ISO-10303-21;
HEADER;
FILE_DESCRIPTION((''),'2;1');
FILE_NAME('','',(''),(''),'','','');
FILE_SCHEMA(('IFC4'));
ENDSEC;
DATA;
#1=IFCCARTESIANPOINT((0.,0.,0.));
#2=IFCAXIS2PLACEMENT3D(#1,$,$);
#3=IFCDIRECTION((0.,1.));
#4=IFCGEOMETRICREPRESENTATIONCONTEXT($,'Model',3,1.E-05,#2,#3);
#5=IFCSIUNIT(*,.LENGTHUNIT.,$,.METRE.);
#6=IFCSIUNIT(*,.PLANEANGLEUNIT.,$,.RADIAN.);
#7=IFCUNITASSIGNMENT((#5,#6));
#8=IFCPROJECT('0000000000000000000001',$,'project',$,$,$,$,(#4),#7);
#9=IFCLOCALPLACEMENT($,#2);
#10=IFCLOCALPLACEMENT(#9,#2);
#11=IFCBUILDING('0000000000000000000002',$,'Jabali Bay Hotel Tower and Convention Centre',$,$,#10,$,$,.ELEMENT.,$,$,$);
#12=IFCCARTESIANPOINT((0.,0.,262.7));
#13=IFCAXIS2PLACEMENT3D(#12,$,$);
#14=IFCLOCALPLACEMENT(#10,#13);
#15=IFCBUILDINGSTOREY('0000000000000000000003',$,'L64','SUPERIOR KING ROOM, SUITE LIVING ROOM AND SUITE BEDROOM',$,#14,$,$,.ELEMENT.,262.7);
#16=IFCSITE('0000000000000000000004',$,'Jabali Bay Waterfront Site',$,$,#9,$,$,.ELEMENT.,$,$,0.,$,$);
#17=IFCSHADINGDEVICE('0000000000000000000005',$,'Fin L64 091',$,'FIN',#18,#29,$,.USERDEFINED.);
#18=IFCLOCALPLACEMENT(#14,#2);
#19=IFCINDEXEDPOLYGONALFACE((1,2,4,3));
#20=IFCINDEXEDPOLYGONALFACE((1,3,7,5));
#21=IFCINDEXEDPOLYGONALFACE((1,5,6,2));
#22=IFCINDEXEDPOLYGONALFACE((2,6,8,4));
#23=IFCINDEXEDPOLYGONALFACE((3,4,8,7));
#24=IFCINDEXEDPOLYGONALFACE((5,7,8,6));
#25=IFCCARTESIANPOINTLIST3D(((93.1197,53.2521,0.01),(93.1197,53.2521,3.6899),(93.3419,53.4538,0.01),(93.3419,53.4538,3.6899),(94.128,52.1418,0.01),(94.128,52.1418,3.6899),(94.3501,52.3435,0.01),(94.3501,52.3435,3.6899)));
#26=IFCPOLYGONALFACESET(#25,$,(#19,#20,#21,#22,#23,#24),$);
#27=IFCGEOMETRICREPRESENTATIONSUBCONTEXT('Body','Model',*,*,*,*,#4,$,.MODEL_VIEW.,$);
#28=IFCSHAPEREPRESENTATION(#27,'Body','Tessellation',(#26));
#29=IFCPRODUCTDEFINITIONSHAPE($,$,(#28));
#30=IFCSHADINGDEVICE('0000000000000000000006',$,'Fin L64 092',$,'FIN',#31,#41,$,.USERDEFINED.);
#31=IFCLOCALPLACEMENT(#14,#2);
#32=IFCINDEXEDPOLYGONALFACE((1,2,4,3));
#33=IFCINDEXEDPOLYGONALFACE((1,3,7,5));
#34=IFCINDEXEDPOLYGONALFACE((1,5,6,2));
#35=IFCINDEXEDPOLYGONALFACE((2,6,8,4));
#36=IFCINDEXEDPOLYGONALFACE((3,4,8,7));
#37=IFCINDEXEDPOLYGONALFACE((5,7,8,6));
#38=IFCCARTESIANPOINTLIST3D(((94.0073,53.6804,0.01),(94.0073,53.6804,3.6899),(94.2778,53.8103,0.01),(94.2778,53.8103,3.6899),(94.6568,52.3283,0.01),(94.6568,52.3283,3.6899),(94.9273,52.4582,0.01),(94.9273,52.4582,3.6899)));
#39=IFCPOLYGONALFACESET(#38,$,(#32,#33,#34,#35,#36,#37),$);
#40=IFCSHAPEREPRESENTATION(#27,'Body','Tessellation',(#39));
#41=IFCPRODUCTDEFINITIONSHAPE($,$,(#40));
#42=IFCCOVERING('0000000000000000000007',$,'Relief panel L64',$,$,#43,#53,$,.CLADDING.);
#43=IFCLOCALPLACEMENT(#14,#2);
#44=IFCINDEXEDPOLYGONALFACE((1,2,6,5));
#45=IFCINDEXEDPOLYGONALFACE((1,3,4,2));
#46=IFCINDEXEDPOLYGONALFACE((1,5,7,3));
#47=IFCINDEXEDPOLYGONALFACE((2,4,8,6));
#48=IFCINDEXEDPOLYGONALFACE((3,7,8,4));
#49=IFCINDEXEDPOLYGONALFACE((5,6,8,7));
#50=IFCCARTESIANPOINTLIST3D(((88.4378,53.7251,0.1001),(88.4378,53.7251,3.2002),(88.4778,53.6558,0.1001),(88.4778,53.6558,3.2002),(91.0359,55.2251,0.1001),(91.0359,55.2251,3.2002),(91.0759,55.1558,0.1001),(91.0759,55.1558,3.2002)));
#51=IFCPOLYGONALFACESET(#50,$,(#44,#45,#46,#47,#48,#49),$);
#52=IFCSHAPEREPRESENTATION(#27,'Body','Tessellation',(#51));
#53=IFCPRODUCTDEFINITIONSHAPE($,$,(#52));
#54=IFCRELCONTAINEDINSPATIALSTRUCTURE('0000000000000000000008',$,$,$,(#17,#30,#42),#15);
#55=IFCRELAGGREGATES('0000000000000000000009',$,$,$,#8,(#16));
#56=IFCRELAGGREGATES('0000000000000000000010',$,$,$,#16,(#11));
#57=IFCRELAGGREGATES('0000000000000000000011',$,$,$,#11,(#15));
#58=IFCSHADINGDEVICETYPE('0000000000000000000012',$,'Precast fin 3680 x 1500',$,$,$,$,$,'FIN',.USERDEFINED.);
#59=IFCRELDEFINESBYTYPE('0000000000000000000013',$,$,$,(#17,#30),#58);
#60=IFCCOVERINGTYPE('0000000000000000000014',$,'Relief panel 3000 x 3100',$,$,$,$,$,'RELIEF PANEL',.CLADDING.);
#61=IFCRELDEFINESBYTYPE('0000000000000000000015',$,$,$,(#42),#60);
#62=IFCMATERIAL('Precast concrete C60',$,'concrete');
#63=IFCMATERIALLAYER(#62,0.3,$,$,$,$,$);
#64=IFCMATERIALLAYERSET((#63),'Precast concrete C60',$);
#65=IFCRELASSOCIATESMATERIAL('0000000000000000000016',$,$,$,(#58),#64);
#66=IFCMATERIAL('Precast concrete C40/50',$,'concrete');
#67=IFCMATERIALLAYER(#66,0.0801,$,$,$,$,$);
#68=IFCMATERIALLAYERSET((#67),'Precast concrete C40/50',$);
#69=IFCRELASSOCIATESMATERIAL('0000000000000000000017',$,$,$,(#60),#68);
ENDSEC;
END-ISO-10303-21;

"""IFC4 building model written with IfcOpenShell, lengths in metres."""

from ifc_helpers import new_model, si_unit, direction, frame, frame_2d, origin, origin_2d, place, context, subcontext, project, spatial, rectangle, extrude, material, layer, layer_set, type_object, element, save


model = new_model("IFC4")

# Units and contexts
model_context = context("Model", 3, precision=1e-05, world=origin(), true_north=direction((0.0, 1.0)))
body_context = subcontext(model_context, "Body", "Model", "MODEL_VIEW")
ifc_project = project(units=[si_unit("LENGTHUNIT", "METRE"), si_unit("PLANEANGLEUNIT", "RADIAN")], contexts=[model_context])

# Site, building, storey
site_placement = place(None, origin())
site = spatial("IfcSite", under=ifc_project, at=site_placement, Name="Jabali Bay Waterfront Site", CompositionType="ELEMENT", RefElevation=0.0)
building_placement = place(site_placement, origin())
building = spatial("IfcBuilding", under=site, at=building_placement, Name="Jabali Bay Hotel Tower and Convention Centre", CompositionType="ELEMENT")
storey_placement = place(building_placement, frame((0.0, 0.0, 262.7)))
storey = spatial("IfcBuildingStorey", under=building, at=storey_placement, Name="L64", Description="SUPERIOR KING ROOM, SUITE LIVING ROOM AND SUITE BEDROOM", CompositionType="ELEMENT", Elevation=262.7)

# Shading devices
ifc_material_1 = material(Name="Precast concrete C60", Category="concrete")
ifc_layer_1 = layer(ifc_material_1, 0.3)
ifc_layer_set_1 = layer_set([ifc_layer_1], Name="Precast concrete C60")
shading_device_type_1 = type_object("IfcShadingDeviceType", Name="Precast fin 3680 x 1500", ElementType="FIN", PredefinedType="USERDEFINED", material=ifc_layer_set_1)
shading_device_1_placement = place(storey_placement, frame((93.2307, 53.353, 0.01), z_axis=(0.0, 0.0, 1.0), x_axis=(0.672268, -0.740308, 0.0)))
element("IfcShadingDevice", 1, at=shading_device_1_placement, inside=storey, type_object=shading_device_type_1, Name="Fin L64 091", ObjectType="FIN", PredefinedType="USERDEFINED", context=body_context, shape_type="SweptSolid", body=[
    extrude(rectangle(XDim=1.4998, YDim=0.3, at=frame_2d((0.75, 0.0))), origin(), (0.0, 0.0, 1.0), 3.6799),
])
shading_device_2_placement = place(storey_placement, frame((94.1426, 53.7454, 0.01), z_axis=(0.0, 0.0, 1.0), x_axis=(0.432964, -0.901411, 0.0)))
element("IfcShadingDevice", 2, at=shading_device_2_placement, inside=storey, type_object=shading_device_type_1, Name="Fin L64 092", ObjectType="FIN", PredefinedType="USERDEFINED", context=body_context, shape_type="SweptSolid", body=[
    extrude(rectangle(XDim=1.5, YDim=0.3, at=frame_2d((0.75, 0.0))), origin(), (0.0, 0.0, 1.0), 3.6799),
])

# Covering
ifc_material_2 = material(Name="Precast concrete C40/50", Category="concrete")
ifc_layer_2 = layer(ifc_material_2, 0.0801)
ifc_layer_set_2 = layer_set([ifc_layer_2], Name="Precast concrete C40/50")
covering_type = type_object("IfcCoveringType", Name="Relief panel 3000 x 3100", ElementType="RELIEF PANEL", PredefinedType="CLADDING", material=ifc_layer_set_2)
covering_placement = place(storey_placement, frame((89.7568, 54.4404, 0.1001), z_axis=(0.0, 0.0, 1.0), x_axis=(-0.866025, -0.5, 0.0)))
element("IfcCovering", 3, at=covering_placement, inside=storey, type_object=covering_type, Name="Relief panel L64", PredefinedType="CLADDING", context=body_context, shape_type="SweptSolid", body=[
    extrude(rectangle(XDim=3.0, YDim=0.0801, at=origin_2d()), origin(), (0.0, 0.0, 1.0), 3.1001),
])

save(model, "model.ifc")
